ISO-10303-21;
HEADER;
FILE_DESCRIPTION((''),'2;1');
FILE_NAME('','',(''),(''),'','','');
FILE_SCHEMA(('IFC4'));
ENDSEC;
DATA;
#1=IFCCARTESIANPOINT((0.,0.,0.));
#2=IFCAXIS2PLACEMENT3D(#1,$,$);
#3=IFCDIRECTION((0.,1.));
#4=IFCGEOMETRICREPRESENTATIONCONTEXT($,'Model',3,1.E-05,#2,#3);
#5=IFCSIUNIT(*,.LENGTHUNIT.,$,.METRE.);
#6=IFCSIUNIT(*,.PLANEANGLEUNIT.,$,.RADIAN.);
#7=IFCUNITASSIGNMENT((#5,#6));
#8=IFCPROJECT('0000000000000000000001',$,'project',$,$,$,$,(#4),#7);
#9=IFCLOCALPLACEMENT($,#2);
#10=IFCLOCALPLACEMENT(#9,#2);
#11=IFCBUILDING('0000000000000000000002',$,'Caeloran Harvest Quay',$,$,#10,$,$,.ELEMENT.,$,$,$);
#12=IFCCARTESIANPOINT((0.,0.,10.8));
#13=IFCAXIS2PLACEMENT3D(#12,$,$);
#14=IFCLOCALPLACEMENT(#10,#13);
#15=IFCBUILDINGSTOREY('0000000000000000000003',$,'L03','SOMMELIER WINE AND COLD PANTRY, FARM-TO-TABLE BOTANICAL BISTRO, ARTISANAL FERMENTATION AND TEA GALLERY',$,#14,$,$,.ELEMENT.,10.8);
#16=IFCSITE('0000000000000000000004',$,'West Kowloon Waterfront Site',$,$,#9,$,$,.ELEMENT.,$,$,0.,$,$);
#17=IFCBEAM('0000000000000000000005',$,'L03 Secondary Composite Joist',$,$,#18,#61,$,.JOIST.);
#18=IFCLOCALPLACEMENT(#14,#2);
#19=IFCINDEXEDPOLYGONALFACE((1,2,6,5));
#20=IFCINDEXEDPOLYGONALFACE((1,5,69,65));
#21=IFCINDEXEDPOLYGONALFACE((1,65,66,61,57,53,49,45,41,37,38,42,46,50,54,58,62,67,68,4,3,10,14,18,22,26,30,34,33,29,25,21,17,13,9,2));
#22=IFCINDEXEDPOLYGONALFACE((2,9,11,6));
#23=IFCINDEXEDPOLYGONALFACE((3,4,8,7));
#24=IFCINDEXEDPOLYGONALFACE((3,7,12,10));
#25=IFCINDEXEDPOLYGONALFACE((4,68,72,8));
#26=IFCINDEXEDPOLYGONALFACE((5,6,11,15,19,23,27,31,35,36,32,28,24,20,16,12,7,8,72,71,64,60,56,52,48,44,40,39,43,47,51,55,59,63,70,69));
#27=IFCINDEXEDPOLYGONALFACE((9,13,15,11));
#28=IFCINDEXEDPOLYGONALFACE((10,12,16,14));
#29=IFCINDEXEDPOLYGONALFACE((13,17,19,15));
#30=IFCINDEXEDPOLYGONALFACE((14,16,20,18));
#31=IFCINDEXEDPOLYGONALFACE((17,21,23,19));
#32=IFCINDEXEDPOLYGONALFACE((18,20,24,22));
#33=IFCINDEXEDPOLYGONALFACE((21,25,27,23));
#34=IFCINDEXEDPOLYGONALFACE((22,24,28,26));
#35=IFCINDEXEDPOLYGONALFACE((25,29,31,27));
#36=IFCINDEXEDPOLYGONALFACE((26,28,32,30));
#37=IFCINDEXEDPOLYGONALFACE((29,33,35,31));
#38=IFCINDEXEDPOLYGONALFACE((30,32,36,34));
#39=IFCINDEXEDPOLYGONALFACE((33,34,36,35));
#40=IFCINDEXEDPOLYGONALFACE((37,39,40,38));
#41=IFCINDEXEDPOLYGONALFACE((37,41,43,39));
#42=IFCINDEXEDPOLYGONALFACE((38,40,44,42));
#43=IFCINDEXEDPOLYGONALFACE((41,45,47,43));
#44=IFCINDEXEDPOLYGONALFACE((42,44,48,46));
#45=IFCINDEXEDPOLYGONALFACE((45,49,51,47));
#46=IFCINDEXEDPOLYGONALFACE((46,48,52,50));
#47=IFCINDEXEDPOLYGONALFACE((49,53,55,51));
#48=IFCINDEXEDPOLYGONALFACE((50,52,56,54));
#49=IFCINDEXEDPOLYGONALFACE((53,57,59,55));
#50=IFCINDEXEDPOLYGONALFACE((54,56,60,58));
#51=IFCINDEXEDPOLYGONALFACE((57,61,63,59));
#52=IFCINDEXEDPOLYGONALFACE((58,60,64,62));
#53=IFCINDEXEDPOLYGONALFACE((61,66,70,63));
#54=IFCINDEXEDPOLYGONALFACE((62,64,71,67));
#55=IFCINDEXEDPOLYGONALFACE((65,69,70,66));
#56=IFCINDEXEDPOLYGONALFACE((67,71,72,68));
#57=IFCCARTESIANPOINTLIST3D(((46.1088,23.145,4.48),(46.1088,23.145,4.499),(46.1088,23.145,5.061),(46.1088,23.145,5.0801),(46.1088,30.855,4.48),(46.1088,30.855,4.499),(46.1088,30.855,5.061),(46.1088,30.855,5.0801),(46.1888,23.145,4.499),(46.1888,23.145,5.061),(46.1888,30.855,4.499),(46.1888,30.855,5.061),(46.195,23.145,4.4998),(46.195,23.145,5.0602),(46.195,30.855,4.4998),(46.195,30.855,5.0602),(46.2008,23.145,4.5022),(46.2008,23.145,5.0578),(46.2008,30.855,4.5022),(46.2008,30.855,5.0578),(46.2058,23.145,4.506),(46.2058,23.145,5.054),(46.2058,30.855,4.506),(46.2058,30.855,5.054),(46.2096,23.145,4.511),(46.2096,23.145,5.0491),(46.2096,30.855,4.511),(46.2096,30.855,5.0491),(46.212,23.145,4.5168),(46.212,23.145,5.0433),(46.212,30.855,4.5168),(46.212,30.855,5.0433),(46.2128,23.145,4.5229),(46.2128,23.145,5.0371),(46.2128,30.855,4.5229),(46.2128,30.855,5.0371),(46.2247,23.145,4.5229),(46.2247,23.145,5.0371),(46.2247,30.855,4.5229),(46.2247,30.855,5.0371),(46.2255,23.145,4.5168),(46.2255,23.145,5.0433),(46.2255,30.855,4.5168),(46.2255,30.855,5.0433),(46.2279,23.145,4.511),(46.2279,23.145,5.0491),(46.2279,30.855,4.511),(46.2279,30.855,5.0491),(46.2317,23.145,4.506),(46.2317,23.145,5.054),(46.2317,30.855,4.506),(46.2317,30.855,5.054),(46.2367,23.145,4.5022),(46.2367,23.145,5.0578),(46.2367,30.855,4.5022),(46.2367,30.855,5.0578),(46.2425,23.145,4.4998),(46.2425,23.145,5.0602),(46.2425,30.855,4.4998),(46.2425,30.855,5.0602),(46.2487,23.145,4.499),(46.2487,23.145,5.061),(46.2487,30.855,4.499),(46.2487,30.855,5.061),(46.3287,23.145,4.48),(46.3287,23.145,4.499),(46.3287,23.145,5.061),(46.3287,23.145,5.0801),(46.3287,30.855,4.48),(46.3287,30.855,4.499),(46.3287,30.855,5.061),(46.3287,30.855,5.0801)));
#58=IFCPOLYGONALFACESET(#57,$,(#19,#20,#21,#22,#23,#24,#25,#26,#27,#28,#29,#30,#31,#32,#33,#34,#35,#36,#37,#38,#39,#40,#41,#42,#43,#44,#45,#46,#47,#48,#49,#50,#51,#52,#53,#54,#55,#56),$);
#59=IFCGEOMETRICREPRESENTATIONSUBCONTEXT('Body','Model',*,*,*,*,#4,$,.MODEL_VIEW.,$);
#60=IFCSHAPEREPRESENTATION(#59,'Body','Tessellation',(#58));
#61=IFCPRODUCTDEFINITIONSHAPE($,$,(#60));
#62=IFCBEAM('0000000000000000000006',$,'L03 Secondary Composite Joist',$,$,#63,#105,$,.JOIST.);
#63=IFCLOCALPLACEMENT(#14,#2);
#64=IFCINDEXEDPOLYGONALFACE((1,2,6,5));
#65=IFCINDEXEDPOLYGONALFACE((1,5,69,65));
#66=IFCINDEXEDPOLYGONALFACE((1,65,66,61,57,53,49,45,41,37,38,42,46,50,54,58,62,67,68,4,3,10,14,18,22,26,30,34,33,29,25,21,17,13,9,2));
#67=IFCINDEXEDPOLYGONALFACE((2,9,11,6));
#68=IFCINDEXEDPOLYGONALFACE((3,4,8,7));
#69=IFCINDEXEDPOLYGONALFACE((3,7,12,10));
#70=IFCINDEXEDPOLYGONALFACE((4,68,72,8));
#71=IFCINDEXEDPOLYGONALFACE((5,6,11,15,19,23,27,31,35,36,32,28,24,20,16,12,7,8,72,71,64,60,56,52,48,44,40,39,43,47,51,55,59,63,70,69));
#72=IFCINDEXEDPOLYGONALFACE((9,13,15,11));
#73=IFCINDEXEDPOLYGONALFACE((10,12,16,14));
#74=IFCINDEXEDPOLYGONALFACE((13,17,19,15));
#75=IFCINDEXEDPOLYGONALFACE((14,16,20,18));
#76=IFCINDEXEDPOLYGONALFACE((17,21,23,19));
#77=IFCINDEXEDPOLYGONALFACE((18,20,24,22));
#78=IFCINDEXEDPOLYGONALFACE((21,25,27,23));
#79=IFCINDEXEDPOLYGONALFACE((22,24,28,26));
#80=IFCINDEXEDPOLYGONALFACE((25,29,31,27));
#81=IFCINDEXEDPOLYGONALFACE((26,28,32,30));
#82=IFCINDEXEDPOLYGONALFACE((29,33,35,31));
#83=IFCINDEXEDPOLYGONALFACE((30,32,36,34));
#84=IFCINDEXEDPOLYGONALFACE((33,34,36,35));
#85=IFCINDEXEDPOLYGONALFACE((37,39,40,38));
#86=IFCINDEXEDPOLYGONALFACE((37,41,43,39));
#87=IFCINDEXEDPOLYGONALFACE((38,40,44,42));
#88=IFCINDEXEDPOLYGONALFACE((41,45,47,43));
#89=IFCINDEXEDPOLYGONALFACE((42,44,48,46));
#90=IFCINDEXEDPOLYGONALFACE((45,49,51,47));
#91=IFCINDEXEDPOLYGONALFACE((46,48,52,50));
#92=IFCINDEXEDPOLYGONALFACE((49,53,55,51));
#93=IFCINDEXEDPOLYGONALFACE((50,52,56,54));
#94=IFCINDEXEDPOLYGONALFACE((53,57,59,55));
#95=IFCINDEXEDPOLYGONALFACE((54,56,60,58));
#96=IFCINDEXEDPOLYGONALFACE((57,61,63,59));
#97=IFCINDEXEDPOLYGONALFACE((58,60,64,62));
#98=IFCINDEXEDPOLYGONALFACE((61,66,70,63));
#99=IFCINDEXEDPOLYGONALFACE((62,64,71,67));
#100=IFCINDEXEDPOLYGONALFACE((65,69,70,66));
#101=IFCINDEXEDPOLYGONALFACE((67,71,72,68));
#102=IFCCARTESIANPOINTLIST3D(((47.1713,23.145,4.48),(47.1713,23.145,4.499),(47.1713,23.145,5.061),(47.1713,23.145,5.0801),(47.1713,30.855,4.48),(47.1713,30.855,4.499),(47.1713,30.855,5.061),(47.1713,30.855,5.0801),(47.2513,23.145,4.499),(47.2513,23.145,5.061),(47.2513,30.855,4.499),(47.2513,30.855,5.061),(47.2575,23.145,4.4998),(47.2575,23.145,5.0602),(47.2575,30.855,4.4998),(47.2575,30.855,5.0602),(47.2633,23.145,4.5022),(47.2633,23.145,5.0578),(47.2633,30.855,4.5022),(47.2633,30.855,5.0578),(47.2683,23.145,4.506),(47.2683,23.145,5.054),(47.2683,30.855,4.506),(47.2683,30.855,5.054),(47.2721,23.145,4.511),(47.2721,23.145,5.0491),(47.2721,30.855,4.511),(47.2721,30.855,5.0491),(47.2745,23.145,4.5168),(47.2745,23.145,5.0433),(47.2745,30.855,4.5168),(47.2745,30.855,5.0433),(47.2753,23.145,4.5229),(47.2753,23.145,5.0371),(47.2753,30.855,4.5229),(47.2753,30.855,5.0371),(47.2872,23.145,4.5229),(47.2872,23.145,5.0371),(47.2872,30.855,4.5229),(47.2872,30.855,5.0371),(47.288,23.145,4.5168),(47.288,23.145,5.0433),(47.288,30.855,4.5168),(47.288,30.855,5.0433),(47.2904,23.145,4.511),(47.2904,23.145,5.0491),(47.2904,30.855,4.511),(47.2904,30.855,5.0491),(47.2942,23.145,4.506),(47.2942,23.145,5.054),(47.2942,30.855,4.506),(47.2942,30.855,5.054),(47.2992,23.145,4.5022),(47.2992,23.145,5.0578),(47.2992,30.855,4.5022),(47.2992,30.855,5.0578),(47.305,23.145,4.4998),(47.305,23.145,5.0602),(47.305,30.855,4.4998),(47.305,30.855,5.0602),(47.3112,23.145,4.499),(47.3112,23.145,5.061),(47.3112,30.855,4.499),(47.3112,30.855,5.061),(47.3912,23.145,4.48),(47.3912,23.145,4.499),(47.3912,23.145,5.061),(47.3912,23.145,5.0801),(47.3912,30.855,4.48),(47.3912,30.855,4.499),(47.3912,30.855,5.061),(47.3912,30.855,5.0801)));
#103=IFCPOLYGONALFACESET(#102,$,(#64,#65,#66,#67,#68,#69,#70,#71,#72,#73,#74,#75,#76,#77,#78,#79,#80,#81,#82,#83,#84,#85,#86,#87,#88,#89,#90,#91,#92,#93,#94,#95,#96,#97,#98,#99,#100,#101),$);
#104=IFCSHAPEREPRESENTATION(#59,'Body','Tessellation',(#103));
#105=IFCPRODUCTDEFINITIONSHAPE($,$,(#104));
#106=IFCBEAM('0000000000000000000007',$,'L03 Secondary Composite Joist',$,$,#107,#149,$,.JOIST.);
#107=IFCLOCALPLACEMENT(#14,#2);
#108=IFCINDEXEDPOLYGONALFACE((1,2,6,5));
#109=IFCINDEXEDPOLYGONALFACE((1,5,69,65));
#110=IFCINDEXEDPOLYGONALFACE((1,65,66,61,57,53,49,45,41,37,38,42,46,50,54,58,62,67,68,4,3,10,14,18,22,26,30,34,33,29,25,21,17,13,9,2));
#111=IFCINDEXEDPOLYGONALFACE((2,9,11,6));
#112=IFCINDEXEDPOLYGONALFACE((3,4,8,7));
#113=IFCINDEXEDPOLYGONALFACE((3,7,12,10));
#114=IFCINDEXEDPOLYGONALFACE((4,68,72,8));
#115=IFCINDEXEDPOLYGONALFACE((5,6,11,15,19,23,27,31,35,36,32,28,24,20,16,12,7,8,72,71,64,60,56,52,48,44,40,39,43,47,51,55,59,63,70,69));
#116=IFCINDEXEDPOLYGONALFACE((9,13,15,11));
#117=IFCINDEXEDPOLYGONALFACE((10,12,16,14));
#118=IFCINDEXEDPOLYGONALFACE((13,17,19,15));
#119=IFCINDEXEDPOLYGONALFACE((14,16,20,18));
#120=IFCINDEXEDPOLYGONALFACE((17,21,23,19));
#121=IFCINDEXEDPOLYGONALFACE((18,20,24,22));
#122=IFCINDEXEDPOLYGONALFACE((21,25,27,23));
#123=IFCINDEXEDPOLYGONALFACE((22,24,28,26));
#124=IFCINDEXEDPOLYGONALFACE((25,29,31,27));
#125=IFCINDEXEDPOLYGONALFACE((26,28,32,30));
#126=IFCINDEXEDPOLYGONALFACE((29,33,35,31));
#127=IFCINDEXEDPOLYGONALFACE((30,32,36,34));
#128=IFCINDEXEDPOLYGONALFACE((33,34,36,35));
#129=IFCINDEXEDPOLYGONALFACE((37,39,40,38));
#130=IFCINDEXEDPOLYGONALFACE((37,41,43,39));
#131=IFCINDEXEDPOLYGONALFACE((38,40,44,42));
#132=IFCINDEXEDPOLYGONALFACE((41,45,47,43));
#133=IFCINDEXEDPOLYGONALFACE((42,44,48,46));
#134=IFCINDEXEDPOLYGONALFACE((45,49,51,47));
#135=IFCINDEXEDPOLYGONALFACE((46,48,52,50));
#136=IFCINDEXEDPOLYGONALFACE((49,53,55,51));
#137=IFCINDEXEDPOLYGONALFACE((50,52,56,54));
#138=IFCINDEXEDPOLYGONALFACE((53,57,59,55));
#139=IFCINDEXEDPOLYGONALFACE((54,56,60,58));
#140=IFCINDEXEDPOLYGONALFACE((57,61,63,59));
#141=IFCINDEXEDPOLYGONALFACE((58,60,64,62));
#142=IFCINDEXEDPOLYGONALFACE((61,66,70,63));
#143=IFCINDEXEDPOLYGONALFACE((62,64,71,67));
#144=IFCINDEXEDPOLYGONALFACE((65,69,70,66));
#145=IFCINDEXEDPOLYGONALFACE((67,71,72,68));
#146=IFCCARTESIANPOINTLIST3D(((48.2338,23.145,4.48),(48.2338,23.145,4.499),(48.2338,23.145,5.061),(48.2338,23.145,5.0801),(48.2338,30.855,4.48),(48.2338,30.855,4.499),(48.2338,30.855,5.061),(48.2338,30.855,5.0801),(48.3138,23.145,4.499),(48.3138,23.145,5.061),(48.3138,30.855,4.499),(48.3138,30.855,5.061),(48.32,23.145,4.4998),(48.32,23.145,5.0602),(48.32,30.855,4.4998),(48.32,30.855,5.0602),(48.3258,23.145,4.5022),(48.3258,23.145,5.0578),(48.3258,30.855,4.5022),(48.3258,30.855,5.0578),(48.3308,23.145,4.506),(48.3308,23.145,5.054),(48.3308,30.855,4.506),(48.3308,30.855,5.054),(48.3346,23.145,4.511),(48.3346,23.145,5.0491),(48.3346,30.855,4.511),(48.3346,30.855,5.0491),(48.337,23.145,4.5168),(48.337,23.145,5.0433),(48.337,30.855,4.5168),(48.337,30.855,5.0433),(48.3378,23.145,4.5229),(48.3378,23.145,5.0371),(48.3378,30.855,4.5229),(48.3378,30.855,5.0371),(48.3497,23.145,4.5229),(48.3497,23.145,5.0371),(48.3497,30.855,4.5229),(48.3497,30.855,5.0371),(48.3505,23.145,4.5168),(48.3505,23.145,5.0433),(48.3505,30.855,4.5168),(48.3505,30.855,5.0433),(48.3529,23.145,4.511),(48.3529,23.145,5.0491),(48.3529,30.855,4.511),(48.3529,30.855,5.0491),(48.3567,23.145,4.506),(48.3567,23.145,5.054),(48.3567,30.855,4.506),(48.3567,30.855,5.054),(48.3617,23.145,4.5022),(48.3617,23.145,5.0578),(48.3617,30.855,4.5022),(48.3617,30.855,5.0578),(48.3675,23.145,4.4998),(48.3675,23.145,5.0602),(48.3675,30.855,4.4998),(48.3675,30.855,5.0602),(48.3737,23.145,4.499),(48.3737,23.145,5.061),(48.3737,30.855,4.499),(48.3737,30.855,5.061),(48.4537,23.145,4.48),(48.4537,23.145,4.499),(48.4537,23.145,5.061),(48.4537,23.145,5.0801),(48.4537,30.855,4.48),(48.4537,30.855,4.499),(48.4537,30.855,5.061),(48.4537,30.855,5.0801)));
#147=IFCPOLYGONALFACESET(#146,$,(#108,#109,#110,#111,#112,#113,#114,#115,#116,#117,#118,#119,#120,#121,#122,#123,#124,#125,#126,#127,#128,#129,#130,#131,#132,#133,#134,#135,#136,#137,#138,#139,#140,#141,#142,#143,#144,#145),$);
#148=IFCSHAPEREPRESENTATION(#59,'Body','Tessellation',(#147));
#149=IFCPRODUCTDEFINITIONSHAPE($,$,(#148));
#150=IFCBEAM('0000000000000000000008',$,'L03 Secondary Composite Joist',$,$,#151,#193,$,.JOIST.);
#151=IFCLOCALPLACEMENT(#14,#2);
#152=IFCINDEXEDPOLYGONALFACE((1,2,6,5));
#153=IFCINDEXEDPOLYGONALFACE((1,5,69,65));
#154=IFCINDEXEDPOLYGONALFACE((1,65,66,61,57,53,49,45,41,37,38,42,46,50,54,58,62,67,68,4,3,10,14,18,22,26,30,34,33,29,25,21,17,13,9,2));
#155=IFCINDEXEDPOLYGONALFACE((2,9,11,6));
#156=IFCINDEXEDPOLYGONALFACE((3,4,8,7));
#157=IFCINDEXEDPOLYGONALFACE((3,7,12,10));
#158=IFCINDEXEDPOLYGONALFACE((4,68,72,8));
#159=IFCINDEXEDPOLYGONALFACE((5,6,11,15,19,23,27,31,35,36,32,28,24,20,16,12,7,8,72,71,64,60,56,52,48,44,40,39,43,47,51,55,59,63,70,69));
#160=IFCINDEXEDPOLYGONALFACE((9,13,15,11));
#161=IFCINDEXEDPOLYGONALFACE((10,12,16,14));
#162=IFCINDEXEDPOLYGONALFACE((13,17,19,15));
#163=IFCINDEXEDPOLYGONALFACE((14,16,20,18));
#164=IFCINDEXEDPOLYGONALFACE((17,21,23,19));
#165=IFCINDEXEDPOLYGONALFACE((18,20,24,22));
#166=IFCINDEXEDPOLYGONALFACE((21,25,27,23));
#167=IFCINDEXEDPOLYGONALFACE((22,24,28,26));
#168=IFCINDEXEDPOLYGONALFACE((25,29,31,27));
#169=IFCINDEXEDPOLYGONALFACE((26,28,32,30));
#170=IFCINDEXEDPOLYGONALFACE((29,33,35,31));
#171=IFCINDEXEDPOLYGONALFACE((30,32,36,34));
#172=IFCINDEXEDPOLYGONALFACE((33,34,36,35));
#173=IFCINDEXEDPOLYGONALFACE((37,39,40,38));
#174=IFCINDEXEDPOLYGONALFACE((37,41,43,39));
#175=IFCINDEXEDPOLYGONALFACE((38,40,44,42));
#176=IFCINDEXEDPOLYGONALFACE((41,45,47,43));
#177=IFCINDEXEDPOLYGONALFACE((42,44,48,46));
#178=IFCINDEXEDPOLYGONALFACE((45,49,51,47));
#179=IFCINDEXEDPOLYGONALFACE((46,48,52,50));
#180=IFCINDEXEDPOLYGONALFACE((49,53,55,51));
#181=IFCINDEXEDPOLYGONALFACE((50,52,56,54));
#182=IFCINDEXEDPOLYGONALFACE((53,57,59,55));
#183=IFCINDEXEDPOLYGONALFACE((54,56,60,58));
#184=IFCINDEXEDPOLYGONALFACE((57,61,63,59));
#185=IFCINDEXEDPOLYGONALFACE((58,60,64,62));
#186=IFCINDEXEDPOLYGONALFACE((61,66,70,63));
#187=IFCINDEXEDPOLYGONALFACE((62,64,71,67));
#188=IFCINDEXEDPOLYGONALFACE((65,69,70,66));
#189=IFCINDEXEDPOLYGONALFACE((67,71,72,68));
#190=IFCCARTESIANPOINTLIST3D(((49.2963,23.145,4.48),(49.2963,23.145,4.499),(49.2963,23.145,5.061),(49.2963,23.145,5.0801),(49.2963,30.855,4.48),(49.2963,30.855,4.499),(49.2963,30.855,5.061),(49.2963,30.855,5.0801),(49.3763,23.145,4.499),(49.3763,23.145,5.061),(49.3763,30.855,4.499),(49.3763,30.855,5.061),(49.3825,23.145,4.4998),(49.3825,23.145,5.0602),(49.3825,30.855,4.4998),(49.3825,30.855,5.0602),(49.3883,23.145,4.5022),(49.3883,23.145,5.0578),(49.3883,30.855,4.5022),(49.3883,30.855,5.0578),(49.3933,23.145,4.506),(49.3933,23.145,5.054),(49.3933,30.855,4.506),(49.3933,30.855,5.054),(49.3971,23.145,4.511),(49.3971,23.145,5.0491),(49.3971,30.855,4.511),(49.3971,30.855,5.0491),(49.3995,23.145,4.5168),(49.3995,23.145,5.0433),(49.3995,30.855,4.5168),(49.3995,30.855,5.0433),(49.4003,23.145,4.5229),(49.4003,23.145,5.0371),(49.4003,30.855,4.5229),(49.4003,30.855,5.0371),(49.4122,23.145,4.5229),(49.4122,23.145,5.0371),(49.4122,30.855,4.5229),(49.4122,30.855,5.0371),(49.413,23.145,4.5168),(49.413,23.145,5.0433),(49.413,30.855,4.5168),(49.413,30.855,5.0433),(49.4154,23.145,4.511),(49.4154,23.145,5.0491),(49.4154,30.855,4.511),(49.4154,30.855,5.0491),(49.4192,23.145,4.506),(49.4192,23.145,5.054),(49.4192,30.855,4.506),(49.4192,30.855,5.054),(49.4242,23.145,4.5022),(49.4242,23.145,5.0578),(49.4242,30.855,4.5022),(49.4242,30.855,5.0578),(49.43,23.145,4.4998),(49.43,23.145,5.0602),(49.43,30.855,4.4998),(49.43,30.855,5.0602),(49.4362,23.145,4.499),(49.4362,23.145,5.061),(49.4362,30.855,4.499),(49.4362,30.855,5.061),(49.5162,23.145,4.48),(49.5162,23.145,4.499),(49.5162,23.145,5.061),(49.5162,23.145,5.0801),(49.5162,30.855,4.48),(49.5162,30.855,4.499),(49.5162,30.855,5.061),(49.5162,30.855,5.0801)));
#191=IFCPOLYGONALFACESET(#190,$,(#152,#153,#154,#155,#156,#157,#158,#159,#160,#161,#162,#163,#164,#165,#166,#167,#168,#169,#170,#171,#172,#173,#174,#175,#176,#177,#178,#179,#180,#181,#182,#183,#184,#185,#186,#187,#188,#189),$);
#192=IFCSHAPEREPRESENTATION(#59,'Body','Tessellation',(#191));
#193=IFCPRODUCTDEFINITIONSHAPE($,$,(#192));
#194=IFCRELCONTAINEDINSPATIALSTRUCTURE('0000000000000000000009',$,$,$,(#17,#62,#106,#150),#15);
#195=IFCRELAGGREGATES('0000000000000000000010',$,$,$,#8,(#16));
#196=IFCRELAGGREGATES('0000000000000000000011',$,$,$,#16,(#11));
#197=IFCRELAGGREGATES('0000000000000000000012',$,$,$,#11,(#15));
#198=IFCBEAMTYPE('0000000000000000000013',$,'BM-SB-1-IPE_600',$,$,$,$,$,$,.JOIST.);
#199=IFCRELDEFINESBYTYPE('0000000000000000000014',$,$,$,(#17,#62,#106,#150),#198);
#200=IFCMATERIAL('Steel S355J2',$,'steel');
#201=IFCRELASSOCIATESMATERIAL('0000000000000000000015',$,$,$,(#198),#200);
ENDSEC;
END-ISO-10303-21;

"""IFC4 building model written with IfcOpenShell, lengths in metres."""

from ifc_helpers import new_model, si_unit, direction, frame, origin, origin_2d, place, context, subcontext, project, spatial, i_section, extrude, material, material_profile, profile_set, type_object, element, save


model = new_model("IFC4")

# Units and contexts
model_context = context("Model", 3, precision=1e-05, world=origin(), true_north=direction((0.0, 1.0)))
body_context = subcontext(model_context, "Body", "Model", "MODEL_VIEW")
ifc_project = project(units=[si_unit("LENGTHUNIT", "METRE"), si_unit("PLANEANGLEUNIT", "RADIAN")], contexts=[model_context])

# Site, building, storey
site_placement = place(None, origin())
site = spatial("IfcSite", under=ifc_project, at=site_placement, Name="West Kowloon Waterfront Site", CompositionType="ELEMENT", RefElevation=0.0)
building_placement = place(site_placement, origin())
building = spatial("IfcBuilding", under=site, at=building_placement, Name="Caeloran Harvest Quay", CompositionType="ELEMENT")
storey_placement = place(building_placement, frame((0.0, 0.0, 10.8)))
storey = spatial("IfcBuildingStorey", under=building, at=storey_placement, Name="L03", Description="SOMMELIER WINE AND COLD PANTRY, FARM-TO-TABLE BOTANICAL BISTRO, ARTISANAL FERMENTATION AND TEA GALLERY", CompositionType="ELEMENT", Elevation=10.8)

# Beams
ifc_material_1 = material(Name="Steel S355J2", Category="steel")
ifc_material_profile_1 = material_profile(ifc_material_1, i_section(OverallWidth=0.22, OverallDepth=0.6001, WebThickness=0.012, FlangeThickness=0.019, FilletRadius=0.0239, at=origin_2d()), Name="IPE 600")
ifc_profile_set_1 = profile_set([ifc_material_profile_1], Name="Steel S355J2")
beam_type_1 = type_object("IfcBeamType", Name="BM-SB-1-IPE_600", PredefinedType="JOIST", material=ifc_profile_set_1)
for number, where, z_axis, x_axis, name in (
    (1, (46.2188, 23.145, 4.78), (0.0, 1.0, 0.0), (-1.0, 0.0, 0.0), "L03 Secondary Composite Joist"),
    (2, (47.2812, 23.145, 4.78), (0.0, 1.0, 0.0), (-1.0, 0.0, 0.0), "L03 Secondary Composite Joist"),
    (3, (48.3438, 23.145, 4.78), (0.0, 1.0, 0.0), (-1.0, 0.0, 0.0), "L03 Secondary Composite Joist"),
    (4, (49.4062, 23.145, 4.78), (0.0, 1.0, 0.0), (-1.0, 0.0, 0.0), "L03 Secondary Composite Joist"),
):
    element("IfcBeam", number, at=place(storey_placement, frame(where, z_axis=z_axis, x_axis=x_axis)), inside=storey, type_object=beam_type_1, Name=name, PredefinedType="JOIST", context=body_context, shape_type="SweptSolid", body=[
        extrude(i_section(OverallWidth=0.22, OverallDepth=0.6001, WebThickness=0.012, FlangeThickness=0.019, FilletRadius=0.0239, at=origin_2d()), origin(), (0.0, 0.0, 1.0), 7.71),
    ])

save(model, "model.ifc")
